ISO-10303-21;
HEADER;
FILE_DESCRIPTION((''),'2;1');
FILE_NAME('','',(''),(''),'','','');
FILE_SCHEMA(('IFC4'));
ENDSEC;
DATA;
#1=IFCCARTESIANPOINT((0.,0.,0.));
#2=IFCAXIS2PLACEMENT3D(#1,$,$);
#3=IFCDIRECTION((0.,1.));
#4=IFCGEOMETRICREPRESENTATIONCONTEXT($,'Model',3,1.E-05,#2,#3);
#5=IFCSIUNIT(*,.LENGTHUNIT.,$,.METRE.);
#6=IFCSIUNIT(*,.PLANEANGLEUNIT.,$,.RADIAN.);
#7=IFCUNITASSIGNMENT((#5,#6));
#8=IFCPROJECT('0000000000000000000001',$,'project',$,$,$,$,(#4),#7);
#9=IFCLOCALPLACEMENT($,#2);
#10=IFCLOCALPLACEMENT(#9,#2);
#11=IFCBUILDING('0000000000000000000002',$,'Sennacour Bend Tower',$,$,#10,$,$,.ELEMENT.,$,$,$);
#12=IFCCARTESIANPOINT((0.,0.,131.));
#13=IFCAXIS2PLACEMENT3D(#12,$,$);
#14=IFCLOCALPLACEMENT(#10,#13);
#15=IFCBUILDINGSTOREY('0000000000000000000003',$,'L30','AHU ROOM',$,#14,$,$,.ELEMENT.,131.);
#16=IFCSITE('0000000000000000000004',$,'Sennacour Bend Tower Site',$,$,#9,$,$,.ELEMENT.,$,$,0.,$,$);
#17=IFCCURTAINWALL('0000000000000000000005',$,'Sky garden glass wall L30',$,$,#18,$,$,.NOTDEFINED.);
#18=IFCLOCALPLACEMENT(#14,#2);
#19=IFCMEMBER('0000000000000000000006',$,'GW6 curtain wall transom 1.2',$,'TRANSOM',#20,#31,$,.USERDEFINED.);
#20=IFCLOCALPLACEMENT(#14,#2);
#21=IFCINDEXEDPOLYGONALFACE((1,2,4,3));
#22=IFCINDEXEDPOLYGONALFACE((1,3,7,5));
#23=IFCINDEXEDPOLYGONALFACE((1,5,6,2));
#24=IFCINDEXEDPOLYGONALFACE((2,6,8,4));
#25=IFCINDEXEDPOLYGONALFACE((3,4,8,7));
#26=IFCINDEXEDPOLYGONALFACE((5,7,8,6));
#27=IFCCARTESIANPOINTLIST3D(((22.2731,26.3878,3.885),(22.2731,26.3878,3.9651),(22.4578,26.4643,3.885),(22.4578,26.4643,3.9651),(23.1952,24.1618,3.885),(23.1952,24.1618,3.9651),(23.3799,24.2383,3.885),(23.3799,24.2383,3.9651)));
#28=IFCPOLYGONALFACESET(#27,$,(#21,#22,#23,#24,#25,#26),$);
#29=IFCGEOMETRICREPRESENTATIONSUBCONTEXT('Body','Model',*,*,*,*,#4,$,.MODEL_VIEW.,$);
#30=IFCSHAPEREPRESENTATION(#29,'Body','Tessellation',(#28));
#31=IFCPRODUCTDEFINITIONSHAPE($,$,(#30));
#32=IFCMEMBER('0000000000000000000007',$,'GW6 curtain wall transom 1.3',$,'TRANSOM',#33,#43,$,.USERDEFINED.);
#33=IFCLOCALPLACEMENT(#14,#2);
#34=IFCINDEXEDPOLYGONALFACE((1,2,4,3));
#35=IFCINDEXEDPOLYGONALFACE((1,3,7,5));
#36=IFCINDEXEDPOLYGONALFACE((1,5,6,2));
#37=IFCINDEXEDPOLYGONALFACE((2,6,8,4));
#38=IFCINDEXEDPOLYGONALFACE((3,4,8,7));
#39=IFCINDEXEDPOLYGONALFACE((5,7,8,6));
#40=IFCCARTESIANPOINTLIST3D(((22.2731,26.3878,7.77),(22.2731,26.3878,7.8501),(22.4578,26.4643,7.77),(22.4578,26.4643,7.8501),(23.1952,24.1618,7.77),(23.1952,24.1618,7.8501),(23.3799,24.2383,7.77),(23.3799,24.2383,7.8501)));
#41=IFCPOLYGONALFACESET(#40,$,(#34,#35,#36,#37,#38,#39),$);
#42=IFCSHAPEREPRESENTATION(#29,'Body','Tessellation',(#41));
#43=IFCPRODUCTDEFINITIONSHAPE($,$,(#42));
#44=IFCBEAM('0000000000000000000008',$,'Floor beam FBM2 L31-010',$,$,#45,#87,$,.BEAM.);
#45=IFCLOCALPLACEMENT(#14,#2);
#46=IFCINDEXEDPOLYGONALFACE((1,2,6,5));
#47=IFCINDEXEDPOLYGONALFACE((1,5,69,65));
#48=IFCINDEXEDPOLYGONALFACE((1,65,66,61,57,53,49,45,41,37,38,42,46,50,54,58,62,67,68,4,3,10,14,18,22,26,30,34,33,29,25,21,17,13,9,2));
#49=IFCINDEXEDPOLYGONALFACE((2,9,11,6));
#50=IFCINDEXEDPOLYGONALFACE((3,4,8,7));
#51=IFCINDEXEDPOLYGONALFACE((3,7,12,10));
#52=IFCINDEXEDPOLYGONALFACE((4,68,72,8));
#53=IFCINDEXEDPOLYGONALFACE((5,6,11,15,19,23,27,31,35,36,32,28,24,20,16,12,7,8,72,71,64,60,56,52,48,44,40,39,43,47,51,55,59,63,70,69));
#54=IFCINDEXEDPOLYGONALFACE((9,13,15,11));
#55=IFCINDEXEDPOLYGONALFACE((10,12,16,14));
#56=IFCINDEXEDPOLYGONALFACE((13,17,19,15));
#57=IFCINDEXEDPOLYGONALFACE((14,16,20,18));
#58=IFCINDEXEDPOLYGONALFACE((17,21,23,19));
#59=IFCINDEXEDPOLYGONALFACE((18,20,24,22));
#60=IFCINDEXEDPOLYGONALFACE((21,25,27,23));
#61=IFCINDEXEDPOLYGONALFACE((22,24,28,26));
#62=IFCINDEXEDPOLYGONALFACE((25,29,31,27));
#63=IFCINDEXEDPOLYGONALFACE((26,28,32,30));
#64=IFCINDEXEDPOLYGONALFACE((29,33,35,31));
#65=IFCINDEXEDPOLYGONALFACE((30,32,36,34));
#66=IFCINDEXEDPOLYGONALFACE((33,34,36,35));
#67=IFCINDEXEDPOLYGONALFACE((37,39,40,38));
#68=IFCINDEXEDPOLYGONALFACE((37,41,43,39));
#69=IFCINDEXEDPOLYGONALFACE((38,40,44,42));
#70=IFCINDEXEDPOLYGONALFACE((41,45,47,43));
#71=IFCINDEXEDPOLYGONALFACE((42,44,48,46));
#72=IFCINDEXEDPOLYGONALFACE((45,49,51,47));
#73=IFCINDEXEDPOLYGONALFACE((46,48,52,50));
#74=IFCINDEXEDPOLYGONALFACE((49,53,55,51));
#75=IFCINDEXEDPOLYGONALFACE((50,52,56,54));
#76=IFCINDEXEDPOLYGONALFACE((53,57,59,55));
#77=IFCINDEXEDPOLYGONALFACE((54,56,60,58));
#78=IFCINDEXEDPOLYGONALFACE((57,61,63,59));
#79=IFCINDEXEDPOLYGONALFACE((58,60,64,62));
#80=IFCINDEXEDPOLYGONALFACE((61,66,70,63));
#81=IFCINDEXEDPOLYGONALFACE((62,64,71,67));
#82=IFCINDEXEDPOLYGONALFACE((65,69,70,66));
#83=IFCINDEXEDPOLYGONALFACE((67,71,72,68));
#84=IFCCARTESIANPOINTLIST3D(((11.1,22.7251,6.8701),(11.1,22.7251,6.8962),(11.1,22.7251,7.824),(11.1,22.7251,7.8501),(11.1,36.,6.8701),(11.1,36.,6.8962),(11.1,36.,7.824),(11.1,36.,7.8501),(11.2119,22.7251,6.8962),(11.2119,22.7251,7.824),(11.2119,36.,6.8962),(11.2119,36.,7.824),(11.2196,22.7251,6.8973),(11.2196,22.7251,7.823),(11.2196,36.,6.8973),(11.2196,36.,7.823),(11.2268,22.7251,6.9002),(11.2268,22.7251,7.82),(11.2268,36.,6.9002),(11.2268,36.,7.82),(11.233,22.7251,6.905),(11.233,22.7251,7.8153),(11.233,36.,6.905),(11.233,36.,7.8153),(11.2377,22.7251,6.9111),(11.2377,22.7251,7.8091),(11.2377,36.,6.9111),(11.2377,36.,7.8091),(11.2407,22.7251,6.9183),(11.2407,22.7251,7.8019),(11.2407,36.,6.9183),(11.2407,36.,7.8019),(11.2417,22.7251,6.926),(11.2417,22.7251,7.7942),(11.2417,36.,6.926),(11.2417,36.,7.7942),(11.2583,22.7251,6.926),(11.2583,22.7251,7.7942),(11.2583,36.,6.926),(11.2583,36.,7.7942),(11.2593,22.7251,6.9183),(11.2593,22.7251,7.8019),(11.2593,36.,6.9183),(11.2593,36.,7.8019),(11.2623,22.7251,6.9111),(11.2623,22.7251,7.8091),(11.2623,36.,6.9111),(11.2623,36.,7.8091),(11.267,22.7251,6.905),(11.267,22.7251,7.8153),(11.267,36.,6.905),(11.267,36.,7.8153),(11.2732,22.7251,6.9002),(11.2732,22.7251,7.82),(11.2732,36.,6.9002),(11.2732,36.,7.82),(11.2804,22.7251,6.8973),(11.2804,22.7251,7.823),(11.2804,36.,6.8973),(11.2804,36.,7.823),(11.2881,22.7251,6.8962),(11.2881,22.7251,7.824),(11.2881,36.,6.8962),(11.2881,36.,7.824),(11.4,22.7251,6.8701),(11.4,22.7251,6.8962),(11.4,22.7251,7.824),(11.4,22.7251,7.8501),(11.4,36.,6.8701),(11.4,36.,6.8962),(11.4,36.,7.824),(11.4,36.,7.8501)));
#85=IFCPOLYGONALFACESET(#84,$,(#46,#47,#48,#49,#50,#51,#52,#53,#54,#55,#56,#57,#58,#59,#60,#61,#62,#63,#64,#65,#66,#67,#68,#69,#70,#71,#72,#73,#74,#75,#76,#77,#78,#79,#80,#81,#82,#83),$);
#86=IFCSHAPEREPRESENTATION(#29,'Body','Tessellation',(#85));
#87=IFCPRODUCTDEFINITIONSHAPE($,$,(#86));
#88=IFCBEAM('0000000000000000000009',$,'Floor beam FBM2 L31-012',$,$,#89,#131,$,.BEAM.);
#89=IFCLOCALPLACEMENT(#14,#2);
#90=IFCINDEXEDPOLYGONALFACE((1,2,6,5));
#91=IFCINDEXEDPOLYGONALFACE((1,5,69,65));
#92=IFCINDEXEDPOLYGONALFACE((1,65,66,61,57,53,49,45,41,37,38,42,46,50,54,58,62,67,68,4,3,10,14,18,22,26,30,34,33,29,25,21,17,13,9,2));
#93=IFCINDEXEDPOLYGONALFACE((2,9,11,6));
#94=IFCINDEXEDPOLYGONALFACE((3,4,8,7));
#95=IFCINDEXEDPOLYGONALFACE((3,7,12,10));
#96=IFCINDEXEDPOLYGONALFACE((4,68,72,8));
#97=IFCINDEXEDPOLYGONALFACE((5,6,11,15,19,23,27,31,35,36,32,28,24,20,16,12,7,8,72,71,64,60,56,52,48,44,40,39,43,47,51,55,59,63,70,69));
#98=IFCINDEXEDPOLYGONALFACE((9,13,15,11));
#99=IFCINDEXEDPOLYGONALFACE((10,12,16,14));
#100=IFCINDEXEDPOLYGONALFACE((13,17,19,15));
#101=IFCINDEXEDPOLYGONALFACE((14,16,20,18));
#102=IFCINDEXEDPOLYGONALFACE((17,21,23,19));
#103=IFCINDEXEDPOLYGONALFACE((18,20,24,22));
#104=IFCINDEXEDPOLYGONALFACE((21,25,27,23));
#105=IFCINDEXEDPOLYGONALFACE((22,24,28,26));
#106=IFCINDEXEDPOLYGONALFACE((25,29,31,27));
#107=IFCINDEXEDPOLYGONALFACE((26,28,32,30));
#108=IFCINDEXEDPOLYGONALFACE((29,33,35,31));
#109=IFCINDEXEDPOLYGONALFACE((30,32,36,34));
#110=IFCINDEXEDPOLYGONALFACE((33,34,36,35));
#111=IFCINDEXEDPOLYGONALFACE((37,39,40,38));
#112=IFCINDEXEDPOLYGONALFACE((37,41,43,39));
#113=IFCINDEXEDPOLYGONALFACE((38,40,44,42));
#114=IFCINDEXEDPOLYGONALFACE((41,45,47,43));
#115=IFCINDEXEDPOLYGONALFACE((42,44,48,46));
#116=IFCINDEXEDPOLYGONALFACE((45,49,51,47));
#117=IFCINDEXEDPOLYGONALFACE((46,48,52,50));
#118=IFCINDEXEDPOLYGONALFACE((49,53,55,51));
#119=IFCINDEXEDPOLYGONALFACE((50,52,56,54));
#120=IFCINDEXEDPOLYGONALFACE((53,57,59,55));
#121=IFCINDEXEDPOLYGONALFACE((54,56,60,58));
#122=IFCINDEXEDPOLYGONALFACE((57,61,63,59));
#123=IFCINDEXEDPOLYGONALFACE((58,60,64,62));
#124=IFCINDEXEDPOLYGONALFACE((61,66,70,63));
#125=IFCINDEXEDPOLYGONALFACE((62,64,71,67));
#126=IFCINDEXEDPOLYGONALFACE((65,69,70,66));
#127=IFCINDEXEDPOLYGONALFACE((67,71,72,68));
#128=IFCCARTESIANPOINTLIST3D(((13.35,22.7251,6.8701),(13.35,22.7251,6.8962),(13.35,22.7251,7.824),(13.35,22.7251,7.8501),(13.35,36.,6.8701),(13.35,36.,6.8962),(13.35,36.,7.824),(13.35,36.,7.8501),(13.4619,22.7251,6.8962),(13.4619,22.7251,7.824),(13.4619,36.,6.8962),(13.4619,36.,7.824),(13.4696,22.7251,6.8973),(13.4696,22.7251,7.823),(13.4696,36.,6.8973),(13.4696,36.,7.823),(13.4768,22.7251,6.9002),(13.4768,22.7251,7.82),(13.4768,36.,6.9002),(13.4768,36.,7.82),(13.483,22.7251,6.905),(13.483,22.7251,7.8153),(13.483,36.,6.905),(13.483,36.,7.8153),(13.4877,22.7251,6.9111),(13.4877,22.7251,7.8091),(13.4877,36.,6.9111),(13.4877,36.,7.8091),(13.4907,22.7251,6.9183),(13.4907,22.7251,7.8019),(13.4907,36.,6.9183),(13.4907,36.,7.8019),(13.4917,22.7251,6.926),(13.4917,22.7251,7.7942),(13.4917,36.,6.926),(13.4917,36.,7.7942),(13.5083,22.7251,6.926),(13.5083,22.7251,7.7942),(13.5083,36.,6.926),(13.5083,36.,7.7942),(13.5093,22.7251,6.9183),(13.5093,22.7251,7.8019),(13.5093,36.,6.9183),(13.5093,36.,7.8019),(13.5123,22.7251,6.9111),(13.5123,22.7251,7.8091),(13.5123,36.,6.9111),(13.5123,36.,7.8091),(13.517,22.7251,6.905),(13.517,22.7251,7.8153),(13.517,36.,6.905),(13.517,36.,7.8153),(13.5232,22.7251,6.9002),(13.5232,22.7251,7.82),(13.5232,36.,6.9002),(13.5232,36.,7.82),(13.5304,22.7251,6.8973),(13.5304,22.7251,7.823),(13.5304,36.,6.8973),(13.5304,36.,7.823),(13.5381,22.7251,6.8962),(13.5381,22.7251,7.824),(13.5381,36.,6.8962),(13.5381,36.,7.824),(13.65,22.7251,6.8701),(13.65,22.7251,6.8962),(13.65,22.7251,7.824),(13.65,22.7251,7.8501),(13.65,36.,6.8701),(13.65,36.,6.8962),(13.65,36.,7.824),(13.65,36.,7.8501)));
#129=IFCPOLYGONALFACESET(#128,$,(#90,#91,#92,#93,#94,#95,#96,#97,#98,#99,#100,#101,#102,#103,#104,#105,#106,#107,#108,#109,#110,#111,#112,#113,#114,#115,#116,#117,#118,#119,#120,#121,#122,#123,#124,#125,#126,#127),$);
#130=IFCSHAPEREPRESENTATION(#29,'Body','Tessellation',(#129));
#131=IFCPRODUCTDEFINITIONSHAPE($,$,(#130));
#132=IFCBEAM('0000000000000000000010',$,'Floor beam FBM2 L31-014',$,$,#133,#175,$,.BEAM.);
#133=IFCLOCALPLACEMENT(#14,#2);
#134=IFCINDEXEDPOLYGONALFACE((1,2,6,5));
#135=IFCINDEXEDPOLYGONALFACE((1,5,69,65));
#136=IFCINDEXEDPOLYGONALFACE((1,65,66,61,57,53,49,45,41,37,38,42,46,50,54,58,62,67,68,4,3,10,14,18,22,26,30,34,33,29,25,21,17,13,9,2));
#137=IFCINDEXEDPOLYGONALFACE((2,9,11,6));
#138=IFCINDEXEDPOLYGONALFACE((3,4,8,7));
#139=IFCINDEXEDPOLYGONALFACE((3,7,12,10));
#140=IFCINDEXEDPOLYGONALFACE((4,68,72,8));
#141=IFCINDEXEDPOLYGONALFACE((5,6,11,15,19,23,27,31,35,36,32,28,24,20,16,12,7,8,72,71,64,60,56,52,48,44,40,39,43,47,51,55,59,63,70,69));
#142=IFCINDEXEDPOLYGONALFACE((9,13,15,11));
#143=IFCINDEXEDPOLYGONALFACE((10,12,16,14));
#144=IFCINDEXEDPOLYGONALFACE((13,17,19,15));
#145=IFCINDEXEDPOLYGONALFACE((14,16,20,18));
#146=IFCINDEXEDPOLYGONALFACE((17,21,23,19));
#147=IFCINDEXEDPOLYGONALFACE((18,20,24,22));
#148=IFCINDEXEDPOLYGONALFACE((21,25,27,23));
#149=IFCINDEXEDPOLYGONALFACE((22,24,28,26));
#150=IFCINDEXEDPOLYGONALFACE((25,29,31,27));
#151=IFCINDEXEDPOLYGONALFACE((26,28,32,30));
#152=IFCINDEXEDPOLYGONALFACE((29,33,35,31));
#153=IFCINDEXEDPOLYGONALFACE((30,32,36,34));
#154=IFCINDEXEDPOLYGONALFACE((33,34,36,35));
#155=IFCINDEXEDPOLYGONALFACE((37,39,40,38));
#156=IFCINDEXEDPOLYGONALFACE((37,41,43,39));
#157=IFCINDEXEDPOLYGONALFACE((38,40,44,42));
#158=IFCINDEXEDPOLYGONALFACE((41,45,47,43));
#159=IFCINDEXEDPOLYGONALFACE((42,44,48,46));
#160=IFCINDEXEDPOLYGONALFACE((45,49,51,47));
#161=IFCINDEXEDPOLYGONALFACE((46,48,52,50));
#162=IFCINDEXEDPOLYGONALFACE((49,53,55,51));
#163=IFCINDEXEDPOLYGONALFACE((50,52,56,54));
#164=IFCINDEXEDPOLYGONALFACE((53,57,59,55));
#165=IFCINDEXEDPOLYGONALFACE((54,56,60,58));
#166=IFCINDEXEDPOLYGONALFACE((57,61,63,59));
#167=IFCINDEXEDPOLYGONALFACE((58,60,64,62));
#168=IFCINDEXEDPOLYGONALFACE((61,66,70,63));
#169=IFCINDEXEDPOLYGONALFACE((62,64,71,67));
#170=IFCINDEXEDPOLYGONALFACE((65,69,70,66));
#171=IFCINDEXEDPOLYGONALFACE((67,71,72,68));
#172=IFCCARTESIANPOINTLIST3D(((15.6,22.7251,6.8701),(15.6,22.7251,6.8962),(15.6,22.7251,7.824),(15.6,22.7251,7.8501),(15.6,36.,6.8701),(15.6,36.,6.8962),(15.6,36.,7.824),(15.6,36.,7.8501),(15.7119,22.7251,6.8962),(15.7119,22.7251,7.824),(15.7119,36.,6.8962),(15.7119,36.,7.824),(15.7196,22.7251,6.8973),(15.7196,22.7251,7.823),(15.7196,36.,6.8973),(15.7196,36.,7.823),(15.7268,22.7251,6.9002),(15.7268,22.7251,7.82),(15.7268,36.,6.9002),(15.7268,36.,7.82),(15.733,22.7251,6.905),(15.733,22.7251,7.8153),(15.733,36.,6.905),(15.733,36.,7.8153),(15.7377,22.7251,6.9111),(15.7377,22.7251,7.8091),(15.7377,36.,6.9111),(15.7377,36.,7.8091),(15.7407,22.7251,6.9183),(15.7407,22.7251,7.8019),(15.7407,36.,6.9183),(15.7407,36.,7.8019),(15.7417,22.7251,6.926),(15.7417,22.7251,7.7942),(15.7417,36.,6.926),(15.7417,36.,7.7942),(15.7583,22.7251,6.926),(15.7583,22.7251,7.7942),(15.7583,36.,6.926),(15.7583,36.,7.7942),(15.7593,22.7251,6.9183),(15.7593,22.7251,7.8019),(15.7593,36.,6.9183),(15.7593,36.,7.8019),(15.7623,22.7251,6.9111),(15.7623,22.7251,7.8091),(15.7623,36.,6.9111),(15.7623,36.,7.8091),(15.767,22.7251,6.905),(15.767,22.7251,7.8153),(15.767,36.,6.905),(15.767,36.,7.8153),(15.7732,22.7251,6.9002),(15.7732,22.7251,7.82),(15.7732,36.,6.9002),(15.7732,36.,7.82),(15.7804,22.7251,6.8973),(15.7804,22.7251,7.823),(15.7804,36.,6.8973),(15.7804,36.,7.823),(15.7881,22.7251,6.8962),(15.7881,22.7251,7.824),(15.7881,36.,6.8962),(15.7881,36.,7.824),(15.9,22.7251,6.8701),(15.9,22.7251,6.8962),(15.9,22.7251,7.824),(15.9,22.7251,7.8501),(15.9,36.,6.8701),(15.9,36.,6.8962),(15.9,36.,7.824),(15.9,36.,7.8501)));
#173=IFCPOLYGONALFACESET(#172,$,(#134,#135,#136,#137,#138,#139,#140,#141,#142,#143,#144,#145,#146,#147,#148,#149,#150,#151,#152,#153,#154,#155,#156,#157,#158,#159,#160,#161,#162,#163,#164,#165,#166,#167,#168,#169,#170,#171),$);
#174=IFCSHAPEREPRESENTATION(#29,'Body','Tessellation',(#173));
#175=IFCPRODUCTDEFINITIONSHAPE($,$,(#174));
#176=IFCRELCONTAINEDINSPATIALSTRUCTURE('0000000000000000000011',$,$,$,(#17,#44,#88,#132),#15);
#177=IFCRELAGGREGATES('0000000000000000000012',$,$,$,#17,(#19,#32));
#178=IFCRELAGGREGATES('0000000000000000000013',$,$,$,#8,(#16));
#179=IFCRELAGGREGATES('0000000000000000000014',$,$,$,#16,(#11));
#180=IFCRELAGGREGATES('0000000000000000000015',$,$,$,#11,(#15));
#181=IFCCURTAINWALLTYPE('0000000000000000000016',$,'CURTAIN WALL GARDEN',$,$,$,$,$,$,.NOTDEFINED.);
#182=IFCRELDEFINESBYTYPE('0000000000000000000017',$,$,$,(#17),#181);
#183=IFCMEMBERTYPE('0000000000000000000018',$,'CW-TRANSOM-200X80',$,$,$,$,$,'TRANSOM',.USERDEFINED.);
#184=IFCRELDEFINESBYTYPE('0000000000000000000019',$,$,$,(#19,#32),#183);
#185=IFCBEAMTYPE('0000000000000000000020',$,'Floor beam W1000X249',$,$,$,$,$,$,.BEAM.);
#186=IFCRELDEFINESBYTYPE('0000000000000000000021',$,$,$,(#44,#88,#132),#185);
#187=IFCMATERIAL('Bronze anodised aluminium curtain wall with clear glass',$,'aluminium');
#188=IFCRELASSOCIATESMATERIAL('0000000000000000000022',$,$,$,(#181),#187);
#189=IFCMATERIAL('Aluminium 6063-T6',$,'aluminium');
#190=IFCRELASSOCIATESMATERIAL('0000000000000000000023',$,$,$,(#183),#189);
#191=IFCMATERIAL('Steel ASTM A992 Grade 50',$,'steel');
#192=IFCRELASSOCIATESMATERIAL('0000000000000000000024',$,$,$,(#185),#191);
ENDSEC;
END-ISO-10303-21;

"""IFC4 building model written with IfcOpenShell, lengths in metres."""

from ifc_helpers import new_model, si_unit, direction, frame, origin, origin_2d, place, context, subcontext, project, spatial, rectangle, i_section, extrude, material, material_profile, profile_set, type_object, element, aggregate, save


model = new_model("IFC4")

# Units and contexts
model_context = context("Model", 3, precision=1e-05, world=origin(), true_north=direction((0.0, 1.0)))
body_context = subcontext(model_context, "Body", "Model", "MODEL_VIEW")
ifc_project = project(units=[si_unit("LENGTHUNIT", "METRE"), si_unit("PLANEANGLEUNIT", "RADIAN")], contexts=[model_context])

# Site, building, storey
site_placement = place(None, origin())
site = spatial("IfcSite", under=ifc_project, at=site_placement, Name="Sennacour Bend Tower Site", CompositionType="ELEMENT", RefElevation=0.0)
building_placement = place(site_placement, origin())
building = spatial("IfcBuilding", under=site, at=building_placement, Name="Sennacour Bend Tower", CompositionType="ELEMENT")
storey_placement = place(building_placement, frame((0.0, 0.0, 131.0)))
storey = spatial("IfcBuildingStorey", under=building, at=storey_placement, Name="L30", Description="AHU ROOM", CompositionType="ELEMENT", Elevation=131.0)

# Shared definitions
ifc_material_1 = material(Name="Bronze anodised aluminium curtain wall with clear glass", Category="aluminium")
curtain_wall_type = type_object("IfcCurtainWallType", Name="CURTAIN WALL GARDEN", PredefinedType="NOTDEFINED", material=ifc_material_1)
ifc_material_2 = material(Name="Aluminium 6063-T6", Category="aluminium")

# Curtain wall
curtain_wall_1_placement = place(storey_placement, origin())
curtain_wall_1 = element("IfcCurtainWall", 1, at=curtain_wall_1_placement, inside=storey, type_object=curtain_wall_type, Name="Sky garden glass wall L30", PredefinedType="NOTDEFINED")

# Members
ifc_material_profile_1 = material_profile(ifc_material_2, rectangle(XDim=0.2, YDim=0.0801, at=origin_2d()), Name="Aluminium 6063-T6", Category="aluminium")
ifc_profile_set_1 = profile_set([ifc_material_profile_1], Name="Aluminium 6063-T6")
member_type_1 = type_object("IfcMemberType", Name="CW-TRANSOM-200X80", ElementType="TRANSOM", PredefinedType="USERDEFINED", material=ifc_profile_set_1)
member_1_placement = place(storey_placement, frame((22.3655, 26.426, 3.925), z_axis=(0.382701, -0.923872, 0.0), x_axis=(0.923872, 0.382701, 0.0)))
member_1 = element("IfcMember", 2, at=member_1_placement, type_object=member_type_1, Name="GW6 curtain wall transom 1.2", ObjectType="TRANSOM", PredefinedType="USERDEFINED", context=body_context, shape_type="SweptSolid", body=[
    extrude(rectangle(XDim=0.2, YDim=0.0801, at=origin_2d()), origin(), (0.0, 0.0, 1.0), 2.4094),
])
member_2_placement = place(storey_placement, frame((22.3655, 26.426, 7.8101), z_axis=(0.382701, -0.923872, 0.0), x_axis=(0.923872, 0.382701, 0.0)))
member_2 = element("IfcMember", 3, at=member_2_placement, type_object=member_type_1, Name="GW6 curtain wall transom 1.3", ObjectType="TRANSOM", PredefinedType="USERDEFINED", context=body_context, shape_type="SweptSolid", body=[
    extrude(rectangle(XDim=0.2, YDim=0.0801, at=origin_2d()), origin(), (0.0, 0.0, 1.0), 2.4094),
])
aggregate(curtain_wall_1, [member_1, member_2])

# Beams
ifc_material_3 = material(Name="Steel ASTM A992 Grade 50", Category="steel")
ifc_material_profile_2 = material_profile(ifc_material_3, i_section(OverallWidth=0.3, OverallDepth=0.98, WebThickness=0.0166, FlangeThickness=0.0261, FilletRadius=0.0298, at=origin_2d()), Name="Steel ASTM A992 Grade 50", Category="steel")
ifc_profile_set_2 = profile_set([ifc_material_profile_2], Name="Steel ASTM A992 Grade 50")
beam_type_1 = type_object("IfcBeamType", Name="Floor beam W1000X249", PredefinedType="BEAM", material=ifc_profile_set_2)
for number, where, z_axis, x_axis, name in (
    (4, (11.25, 22.7251, 7.3601), (0.0, 1.0, 0.0), (-1.0, 0.0, 0.0), "Floor beam FBM2 L31-010"),
    (5, (13.5, 22.7251, 7.3601), (0.0, 1.0, 0.0), (-1.0, 0.0, 0.0), "Floor beam FBM2 L31-012"),
    (6, (15.75, 22.7251, 7.3601), (0.0, 1.0, 0.0), (-1.0, 0.0, 0.0), "Floor beam FBM2 L31-014"),
):
    element("IfcBeam", number, at=place(storey_placement, frame(where, z_axis=z_axis, x_axis=x_axis)), inside=storey, type_object=beam_type_1, Name=name, PredefinedType="BEAM", context=body_context, shape_type="SweptSolid", body=[
        extrude(i_section(OverallWidth=0.3, OverallDepth=0.98, WebThickness=0.0166, FlangeThickness=0.0261, FilletRadius=0.0298, at=origin_2d()), origin(), (0.0, 0.0, 1.0), 13.2749),
    ])

save(model, "model.ifc")
